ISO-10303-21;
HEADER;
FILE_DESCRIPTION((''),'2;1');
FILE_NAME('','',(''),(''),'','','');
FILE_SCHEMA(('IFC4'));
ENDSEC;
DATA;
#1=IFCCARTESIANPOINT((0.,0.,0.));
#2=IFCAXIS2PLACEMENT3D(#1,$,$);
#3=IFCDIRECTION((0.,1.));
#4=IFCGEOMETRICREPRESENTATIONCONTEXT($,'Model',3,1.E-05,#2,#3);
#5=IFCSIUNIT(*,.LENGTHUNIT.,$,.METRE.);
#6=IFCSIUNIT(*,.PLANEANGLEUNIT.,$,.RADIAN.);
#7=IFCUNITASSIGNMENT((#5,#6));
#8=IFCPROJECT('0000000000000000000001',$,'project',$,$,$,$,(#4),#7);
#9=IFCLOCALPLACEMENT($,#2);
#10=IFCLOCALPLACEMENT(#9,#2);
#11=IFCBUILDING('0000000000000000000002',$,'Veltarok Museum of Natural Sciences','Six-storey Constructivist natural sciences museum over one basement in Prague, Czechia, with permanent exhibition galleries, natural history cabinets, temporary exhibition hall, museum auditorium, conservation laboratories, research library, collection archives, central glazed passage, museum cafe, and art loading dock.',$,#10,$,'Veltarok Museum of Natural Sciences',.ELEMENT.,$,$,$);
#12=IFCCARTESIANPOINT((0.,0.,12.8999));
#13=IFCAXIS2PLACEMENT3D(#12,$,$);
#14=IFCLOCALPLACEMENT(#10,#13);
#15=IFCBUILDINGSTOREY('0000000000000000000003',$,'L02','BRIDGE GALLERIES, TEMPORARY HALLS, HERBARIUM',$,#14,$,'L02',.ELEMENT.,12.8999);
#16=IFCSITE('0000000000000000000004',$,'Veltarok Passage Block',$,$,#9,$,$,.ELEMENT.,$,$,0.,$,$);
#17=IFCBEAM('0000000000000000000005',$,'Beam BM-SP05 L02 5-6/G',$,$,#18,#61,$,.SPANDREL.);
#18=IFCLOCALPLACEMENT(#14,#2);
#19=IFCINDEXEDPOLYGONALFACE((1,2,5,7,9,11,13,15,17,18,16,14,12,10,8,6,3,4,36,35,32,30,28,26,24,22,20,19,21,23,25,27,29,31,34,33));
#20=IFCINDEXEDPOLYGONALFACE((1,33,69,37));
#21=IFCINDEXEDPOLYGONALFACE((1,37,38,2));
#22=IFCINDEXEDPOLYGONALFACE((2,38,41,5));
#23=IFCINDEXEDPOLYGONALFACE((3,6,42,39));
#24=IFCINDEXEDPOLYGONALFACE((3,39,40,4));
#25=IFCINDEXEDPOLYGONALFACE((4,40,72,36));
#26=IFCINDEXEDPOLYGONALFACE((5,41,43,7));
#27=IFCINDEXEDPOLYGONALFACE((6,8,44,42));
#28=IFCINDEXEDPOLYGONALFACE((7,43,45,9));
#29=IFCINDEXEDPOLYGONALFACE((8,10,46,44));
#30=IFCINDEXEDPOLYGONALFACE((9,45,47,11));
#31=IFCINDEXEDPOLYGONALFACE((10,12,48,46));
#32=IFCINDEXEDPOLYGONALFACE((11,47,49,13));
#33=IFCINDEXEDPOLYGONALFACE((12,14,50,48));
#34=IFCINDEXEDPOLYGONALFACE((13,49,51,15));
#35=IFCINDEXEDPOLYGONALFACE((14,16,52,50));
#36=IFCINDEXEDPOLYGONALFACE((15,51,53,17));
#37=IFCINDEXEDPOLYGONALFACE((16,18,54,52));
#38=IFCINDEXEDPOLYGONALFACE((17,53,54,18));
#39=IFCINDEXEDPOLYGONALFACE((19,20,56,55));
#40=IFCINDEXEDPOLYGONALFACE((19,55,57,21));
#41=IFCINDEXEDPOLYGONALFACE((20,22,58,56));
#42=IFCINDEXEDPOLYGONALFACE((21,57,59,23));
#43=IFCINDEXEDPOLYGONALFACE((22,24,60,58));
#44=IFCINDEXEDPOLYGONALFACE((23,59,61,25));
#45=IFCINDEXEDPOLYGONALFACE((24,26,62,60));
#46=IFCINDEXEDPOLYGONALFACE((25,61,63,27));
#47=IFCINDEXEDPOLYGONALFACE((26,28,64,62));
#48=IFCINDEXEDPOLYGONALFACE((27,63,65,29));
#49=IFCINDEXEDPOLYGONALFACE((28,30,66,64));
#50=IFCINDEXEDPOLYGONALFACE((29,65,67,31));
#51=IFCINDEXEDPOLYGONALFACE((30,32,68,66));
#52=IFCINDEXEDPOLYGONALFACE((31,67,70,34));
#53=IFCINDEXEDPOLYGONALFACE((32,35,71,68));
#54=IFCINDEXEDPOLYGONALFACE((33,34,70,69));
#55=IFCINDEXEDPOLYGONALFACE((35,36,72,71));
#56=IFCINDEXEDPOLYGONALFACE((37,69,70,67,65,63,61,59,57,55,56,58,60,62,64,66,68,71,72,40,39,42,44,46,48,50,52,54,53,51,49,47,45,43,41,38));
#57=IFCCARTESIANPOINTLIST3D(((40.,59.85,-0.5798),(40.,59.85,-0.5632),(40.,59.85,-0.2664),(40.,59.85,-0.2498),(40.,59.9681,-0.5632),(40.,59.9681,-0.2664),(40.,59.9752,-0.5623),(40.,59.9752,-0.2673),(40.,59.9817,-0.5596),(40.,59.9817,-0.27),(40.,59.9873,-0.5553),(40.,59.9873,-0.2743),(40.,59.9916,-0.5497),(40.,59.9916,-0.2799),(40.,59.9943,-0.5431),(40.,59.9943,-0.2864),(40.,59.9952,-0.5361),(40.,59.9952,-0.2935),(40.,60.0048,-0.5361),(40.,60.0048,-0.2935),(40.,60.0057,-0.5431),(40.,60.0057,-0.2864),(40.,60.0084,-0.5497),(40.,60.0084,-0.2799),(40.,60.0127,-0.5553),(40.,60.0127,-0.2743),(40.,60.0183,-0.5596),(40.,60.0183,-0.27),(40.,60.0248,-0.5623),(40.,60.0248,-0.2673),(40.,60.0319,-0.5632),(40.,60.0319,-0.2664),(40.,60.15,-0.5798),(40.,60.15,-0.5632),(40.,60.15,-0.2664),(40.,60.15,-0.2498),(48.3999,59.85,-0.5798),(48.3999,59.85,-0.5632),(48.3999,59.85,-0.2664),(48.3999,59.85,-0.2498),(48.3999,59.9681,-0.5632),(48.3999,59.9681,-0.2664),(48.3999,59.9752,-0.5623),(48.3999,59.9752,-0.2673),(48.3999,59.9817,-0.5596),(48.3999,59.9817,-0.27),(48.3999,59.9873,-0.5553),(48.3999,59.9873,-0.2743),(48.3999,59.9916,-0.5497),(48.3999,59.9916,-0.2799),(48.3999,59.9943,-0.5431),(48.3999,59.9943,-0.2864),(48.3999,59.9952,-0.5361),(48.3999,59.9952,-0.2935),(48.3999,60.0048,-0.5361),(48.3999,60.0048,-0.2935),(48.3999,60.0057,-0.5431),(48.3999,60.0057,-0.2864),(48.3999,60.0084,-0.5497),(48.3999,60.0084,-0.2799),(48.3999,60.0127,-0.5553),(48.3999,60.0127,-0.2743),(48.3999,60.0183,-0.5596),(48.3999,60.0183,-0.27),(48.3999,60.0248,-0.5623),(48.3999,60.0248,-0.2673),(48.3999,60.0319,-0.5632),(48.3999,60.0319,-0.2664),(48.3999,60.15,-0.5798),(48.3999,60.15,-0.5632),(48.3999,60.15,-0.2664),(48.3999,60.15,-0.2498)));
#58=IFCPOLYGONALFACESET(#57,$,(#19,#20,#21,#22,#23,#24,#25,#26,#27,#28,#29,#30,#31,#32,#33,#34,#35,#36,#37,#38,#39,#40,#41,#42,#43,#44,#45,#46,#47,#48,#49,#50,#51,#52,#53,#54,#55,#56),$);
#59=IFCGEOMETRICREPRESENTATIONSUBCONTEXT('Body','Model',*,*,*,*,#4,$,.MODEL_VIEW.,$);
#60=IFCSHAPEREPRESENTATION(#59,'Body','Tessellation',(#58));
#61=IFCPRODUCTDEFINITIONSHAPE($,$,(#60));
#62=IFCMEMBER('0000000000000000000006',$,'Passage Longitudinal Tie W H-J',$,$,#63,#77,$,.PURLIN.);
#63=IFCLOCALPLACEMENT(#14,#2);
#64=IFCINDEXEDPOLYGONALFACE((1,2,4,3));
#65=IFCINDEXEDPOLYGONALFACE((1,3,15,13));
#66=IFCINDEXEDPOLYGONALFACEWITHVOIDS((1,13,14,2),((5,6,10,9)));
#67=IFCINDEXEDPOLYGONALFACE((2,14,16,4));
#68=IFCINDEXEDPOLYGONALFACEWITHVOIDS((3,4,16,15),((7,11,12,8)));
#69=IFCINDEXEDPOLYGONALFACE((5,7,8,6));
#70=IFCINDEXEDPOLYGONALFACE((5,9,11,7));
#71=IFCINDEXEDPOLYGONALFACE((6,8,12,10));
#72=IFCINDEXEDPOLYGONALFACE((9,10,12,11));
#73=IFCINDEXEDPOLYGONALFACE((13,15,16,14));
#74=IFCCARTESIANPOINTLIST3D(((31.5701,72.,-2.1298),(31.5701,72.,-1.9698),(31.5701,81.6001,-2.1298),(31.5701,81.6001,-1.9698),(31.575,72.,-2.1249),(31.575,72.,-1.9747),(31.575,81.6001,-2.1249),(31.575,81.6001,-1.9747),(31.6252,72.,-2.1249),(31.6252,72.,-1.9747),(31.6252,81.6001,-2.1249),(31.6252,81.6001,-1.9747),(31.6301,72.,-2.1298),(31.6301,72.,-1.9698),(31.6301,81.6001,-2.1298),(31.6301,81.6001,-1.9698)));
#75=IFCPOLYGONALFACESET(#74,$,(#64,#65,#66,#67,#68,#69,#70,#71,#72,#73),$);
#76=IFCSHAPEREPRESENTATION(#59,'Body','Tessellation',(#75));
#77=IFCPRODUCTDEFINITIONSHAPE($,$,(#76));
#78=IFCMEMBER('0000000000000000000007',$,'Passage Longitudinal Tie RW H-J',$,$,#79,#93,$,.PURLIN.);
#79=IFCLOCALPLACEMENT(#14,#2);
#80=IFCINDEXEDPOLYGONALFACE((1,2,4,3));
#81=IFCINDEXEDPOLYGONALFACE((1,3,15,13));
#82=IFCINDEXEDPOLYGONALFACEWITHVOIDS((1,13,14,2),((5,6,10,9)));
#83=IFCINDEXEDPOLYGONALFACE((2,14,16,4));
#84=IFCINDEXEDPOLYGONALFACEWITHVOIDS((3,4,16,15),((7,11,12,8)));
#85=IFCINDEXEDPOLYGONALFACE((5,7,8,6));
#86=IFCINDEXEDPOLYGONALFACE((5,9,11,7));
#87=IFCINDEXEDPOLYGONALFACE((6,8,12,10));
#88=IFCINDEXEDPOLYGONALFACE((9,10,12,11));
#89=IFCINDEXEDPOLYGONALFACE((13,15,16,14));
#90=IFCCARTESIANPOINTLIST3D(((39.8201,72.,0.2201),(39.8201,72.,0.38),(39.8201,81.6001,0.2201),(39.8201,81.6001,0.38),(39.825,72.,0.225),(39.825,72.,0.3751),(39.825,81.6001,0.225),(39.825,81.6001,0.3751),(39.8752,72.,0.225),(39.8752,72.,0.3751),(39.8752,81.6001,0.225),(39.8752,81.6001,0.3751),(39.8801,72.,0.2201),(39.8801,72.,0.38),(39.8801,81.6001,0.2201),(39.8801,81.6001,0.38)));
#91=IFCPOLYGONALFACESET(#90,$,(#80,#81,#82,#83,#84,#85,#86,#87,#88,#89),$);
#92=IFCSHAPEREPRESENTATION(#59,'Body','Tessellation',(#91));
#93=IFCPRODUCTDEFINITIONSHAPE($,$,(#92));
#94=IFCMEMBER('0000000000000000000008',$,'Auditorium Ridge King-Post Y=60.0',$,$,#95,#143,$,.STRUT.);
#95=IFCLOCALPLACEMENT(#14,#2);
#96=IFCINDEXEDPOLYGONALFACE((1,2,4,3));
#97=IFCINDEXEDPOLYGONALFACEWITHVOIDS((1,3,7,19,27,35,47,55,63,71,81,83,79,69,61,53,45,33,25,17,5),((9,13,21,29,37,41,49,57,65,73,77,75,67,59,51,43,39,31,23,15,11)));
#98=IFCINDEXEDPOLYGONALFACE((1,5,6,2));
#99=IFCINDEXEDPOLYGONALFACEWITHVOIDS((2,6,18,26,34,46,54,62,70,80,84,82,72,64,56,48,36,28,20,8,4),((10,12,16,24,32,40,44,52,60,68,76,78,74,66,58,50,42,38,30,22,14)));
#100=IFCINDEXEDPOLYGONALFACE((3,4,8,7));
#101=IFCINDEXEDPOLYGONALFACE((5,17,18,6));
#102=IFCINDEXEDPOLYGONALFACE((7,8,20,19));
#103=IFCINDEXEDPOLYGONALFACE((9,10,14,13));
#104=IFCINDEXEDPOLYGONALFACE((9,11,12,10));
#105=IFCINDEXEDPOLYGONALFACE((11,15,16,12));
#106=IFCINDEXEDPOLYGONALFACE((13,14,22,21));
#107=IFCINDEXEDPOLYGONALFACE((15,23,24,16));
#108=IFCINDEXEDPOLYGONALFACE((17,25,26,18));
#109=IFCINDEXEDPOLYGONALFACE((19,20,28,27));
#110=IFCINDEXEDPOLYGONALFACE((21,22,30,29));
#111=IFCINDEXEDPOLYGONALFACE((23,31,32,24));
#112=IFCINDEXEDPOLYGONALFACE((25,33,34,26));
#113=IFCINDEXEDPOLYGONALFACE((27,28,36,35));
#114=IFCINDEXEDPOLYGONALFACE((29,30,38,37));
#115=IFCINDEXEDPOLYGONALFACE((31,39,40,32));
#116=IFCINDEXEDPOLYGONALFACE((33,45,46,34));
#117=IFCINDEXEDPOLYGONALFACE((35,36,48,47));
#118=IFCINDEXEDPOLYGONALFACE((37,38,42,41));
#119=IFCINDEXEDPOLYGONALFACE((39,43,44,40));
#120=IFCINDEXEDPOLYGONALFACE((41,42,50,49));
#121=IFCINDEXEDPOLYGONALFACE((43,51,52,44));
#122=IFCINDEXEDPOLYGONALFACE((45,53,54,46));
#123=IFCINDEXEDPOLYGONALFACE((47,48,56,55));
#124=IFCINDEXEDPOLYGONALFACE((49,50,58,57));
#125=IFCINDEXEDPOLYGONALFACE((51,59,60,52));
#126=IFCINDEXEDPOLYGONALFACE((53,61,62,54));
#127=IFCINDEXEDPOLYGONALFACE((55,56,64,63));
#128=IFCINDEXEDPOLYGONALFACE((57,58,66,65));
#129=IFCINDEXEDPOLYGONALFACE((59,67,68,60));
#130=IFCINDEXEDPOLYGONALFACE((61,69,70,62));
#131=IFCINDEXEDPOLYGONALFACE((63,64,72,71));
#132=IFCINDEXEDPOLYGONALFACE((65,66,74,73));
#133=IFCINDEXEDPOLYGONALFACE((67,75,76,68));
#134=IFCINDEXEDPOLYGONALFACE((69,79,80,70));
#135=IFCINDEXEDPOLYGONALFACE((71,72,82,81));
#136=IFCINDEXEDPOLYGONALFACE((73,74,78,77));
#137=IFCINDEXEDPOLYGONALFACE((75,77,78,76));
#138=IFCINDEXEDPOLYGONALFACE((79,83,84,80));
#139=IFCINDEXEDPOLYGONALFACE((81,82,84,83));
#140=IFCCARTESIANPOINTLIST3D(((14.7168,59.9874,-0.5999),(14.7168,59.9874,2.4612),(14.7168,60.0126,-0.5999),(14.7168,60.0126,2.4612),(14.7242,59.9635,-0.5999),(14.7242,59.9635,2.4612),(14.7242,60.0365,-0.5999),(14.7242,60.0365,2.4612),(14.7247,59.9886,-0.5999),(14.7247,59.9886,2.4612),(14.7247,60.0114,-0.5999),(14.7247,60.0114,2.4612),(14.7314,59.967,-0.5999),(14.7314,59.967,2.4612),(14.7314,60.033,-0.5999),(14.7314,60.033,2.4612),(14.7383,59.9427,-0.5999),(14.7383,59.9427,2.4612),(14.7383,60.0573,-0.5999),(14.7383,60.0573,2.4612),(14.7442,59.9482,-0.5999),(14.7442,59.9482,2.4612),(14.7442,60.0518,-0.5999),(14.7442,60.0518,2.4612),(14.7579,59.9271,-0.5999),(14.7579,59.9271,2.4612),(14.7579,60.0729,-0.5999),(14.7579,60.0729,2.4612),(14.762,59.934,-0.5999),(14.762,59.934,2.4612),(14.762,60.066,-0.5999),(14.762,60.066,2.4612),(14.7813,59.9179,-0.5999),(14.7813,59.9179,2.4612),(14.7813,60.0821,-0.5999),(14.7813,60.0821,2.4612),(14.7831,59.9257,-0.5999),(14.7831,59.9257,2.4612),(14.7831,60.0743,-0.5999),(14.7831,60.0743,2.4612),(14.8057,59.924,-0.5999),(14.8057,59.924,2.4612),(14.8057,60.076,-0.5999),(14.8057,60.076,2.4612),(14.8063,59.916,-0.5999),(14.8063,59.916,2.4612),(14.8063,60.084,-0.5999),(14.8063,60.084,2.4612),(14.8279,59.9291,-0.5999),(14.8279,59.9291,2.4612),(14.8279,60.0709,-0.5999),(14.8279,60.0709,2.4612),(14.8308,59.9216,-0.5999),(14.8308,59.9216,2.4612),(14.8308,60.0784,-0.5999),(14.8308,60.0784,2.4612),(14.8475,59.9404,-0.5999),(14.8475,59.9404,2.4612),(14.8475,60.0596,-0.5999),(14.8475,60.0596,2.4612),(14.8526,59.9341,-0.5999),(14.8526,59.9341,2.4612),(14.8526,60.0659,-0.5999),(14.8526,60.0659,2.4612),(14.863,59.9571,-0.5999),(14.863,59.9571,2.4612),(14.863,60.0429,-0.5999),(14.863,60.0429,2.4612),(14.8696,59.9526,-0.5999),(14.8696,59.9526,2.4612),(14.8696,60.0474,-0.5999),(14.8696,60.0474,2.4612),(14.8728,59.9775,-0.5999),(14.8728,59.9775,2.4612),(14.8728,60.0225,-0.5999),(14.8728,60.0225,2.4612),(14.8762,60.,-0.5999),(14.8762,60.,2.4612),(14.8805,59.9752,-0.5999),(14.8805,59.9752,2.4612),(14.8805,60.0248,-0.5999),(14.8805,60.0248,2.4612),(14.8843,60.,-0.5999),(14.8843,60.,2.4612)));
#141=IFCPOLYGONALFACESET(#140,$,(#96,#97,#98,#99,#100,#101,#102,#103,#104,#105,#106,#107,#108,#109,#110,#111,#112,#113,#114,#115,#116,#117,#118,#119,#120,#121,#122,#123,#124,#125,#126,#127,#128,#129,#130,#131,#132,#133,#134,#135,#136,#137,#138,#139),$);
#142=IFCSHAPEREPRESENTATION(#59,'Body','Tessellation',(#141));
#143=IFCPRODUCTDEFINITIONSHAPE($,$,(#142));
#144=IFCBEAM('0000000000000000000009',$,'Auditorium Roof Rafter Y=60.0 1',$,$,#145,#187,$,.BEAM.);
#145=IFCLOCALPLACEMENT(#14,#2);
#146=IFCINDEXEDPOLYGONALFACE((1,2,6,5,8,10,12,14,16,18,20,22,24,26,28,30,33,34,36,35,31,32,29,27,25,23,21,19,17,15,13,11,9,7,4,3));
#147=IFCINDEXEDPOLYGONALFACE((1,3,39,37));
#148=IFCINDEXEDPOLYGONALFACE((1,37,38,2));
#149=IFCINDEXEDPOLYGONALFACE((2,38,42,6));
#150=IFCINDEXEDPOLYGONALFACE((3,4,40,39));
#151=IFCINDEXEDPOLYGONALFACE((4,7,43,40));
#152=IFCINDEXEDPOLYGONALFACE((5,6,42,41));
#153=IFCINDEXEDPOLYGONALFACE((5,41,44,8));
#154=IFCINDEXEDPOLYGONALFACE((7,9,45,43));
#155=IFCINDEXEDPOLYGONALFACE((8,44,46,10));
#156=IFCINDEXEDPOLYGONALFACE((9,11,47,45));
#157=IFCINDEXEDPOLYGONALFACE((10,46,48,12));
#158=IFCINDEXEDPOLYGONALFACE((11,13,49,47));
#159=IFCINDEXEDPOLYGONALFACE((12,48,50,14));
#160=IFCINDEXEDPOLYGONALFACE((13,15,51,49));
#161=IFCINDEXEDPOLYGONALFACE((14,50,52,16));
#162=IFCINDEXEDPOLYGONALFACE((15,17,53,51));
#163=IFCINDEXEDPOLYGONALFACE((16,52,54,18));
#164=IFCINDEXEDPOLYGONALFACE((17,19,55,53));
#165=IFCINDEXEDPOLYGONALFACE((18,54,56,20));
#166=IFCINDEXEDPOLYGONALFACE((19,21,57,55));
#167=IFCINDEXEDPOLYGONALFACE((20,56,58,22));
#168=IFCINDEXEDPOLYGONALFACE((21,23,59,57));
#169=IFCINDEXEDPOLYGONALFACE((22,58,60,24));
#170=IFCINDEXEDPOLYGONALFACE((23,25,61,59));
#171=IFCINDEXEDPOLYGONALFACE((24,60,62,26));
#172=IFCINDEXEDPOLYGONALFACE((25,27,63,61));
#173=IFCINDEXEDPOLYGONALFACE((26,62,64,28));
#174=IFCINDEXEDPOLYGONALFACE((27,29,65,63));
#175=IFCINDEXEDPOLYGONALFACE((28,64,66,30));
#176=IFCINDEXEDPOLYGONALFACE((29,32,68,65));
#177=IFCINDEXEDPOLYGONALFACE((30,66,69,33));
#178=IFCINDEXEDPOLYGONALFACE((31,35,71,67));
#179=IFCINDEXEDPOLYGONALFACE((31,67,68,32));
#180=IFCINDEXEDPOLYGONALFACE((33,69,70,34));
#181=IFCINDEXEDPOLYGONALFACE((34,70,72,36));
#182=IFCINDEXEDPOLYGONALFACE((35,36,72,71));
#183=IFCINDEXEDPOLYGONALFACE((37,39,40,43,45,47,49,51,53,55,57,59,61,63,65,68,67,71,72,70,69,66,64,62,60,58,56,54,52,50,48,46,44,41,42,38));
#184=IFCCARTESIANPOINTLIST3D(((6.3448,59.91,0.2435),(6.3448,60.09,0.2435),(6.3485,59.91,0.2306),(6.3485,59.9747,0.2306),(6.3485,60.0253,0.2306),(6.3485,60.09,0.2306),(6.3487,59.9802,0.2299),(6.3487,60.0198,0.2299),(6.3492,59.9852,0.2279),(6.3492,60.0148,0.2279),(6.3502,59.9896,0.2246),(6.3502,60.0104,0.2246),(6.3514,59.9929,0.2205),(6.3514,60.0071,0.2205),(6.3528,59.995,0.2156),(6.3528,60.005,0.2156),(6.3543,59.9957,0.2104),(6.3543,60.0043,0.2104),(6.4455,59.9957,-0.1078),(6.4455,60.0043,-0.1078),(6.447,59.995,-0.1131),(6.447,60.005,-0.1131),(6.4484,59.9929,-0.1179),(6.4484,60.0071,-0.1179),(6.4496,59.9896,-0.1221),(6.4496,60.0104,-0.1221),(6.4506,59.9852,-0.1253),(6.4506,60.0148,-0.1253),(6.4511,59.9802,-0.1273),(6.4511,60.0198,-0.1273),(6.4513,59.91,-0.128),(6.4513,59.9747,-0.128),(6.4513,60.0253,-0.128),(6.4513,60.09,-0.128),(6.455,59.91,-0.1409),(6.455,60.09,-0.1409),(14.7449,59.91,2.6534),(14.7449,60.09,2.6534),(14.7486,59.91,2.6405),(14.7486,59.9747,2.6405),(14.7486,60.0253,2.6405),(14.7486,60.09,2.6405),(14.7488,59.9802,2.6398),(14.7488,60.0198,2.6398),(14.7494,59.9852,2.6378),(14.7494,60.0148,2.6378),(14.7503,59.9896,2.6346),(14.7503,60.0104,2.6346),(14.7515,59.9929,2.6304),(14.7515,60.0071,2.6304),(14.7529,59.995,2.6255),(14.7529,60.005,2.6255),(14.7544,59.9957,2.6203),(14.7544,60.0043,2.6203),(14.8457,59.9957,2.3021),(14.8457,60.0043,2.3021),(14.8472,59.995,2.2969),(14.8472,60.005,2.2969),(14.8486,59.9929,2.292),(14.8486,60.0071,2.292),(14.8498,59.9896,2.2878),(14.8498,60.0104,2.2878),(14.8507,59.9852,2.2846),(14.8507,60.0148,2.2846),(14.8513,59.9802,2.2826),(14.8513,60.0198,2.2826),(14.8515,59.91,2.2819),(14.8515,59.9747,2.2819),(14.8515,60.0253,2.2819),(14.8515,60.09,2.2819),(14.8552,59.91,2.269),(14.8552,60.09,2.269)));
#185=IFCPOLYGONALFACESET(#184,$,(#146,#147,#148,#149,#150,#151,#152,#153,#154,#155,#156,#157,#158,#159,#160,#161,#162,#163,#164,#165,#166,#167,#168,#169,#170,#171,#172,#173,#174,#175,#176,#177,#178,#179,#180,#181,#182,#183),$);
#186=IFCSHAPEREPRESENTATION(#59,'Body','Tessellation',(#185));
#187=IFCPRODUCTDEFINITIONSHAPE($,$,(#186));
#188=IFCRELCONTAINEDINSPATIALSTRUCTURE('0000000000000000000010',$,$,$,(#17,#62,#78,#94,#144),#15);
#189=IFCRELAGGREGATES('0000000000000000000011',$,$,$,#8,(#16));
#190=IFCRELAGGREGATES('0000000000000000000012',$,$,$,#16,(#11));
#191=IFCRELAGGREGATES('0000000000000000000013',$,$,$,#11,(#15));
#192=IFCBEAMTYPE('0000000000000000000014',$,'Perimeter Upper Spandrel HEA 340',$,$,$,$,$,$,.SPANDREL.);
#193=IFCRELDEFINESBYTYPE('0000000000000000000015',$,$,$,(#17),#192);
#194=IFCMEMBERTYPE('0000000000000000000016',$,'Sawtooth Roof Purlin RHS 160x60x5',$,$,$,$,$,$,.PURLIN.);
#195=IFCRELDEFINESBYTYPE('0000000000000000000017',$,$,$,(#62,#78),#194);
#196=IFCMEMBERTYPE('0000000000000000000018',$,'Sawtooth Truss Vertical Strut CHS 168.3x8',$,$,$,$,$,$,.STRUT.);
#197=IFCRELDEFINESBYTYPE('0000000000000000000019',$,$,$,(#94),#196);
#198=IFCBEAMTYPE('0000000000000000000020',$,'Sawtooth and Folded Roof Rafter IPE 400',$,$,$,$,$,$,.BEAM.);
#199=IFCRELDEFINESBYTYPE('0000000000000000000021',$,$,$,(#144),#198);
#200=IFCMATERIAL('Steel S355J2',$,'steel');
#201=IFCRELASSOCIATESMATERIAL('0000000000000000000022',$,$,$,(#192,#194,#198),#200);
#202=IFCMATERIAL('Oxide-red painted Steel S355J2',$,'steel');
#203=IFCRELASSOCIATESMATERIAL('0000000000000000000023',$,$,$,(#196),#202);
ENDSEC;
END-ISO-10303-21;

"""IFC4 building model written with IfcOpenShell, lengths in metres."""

from ifc_helpers import new_model, si_unit, direction, frame, origin, origin_2d, place, context, subcontext, project, spatial, hollow_rectangle, hollow_circle, i_section, extrude, material, material_profile, profile_set, type_object, element, save


model = new_model("IFC4")

# Units and contexts
model_context = context("Model", 3, precision=1e-05, world=origin(), true_north=direction((0.0, 1.0)))
body_context = subcontext(model_context, "Body", "Model", "MODEL_VIEW")
ifc_project = project(units=[si_unit("LENGTHUNIT", "METRE"), si_unit("PLANEANGLEUNIT", "RADIAN")], contexts=[model_context])

# Site, building, storey
site_placement = place(None, origin())
site = spatial("IfcSite", under=ifc_project, at=site_placement, Name="Veltarok Passage Block", CompositionType="ELEMENT", RefElevation=0.0)
building_placement = place(site_placement, origin())
building = spatial("IfcBuilding", under=site, at=building_placement, Name="Veltarok Museum of Natural Sciences", Description="Six-storey Constructivist natural sciences museum over one basement in Prague, Czechia, with permanent exhibition galleries, natural history cabinets, temporary exhibition hall, museum auditorium, conservation laboratories, research library, collection archives, central glazed passage, museum cafe, and art loading dock.", LongName="Veltarok Museum of Natural Sciences", CompositionType="ELEMENT")
storey_placement = place(building_placement, frame((0.0, 0.0, 12.8999)))
storey = spatial("IfcBuildingStorey", under=building, at=storey_placement, Name="L02", Description="BRIDGE GALLERIES, TEMPORARY HALLS, HERBARIUM", LongName="L02", CompositionType="ELEMENT", Elevation=12.8999)

# Shared definitions
ifc_material_1 = material(Name="Steel S355J2", Category="steel")

# Shared definitions
ifc_material_2 = material(Name="Oxide-red painted Steel S355J2", Category="steel")

# Beam
ifc_material_profile_1 = material_profile(ifc_material_1, i_section(OverallWidth=0.3, OverallDepth=0.3301, WebThickness=0.0095, FlangeThickness=0.0166, FilletRadius=0.0271, at=origin_2d()), Name="HEA 340")
ifc_profile_set_1 = profile_set([ifc_material_profile_1], Name="Steel S355J2")
beam_type_1 = type_object("IfcBeamType", Name="Perimeter Upper Spandrel HEA 340", PredefinedType="SPANDREL", material=ifc_profile_set_1)
for number, where, z_axis, x_axis, name in (
    (1, (40.0, 60.0, -0.4148), (1.0, 0.0, 0.0), (0.0, 1.0, 0.0), "Beam BM-SP05 L02 5-6/G"),
):
    element("IfcBeam", number, at=place(storey_placement, frame(where, z_axis=z_axis, x_axis=x_axis)), inside=storey, type_object=beam_type_1, Name=name, PredefinedType="SPANDREL", context=body_context, shape_type="SweptSolid", body=[
        extrude(i_section(OverallWidth=0.3, OverallDepth=0.3301, WebThickness=0.0095, FlangeThickness=0.0166, FilletRadius=0.0271, at=origin_2d()), origin(), (0.0, 0.0, 1.0), 8.3999),
    ])

# Members
ifc_material_profile_2 = material_profile(ifc_material_1, hollow_rectangle(XDim=0.0601, YDim=0.1599, WallThickness=0.0049, at=origin_2d()), Name="RHS 160x60x5")
ifc_profile_set_2 = profile_set([ifc_material_profile_2], Name="Steel S355J2")
member_type_1 = type_object("IfcMemberType", Name="Sawtooth Roof Purlin RHS 160x60x5", PredefinedType="PURLIN", material=ifc_profile_set_2)
for number, where, z_axis, x_axis, name in (
    (2, (31.6001, 72.0, -2.0498), (0.0, 1.0, 0.0), (-1.0, 0.0, 0.0), "Passage Longitudinal Tie W H-J"),
    (3, (39.8501, 72.0, 0.3), (0.0, 1.0, 0.0), (-1.0, 0.0, 0.0), "Passage Longitudinal Tie RW H-J"),
):
    element("IfcMember", number, at=place(storey_placement, frame(where, z_axis=z_axis, x_axis=x_axis)), inside=storey, type_object=member_type_1, Name=name, PredefinedType="PURLIN", context=body_context, shape_type="SweptSolid", body=[
        extrude(hollow_rectangle(XDim=0.0601, YDim=0.1599, WallThickness=0.0049, at=origin_2d()), origin(), (0.0, 0.0, 1.0), 9.6001),
    ])
ifc_material_profile_3 = material_profile(ifc_material_2, hollow_circle(Radius=0.0842, WallThickness=0.0081, at=origin_2d()), Name="CHS 168.3x8")
ifc_profile_set_3 = profile_set([ifc_material_profile_3], Name="Oxide-red painted Steel S355J2")
member_type_2 = type_object("IfcMemberType", Name="Sawtooth Truss Vertical Strut CHS 168.3x8", PredefinedType="STRUT", material=ifc_profile_set_3)
member_1_placement = place(storey_placement, frame((14.8, 60.0, -0.5999), z_axis=(0.0, 0.0, 1.0), x_axis=(1.0, 0.0, 0.0)))
element("IfcMember", 4, at=member_1_placement, inside=storey, type_object=member_type_2, Name="Auditorium Ridge King-Post Y=60.0", PredefinedType="STRUT", context=body_context, shape_type="SweptSolid", body=[
    extrude(hollow_circle(Radius=0.0842, WallThickness=0.0081, at=origin_2d()), origin(), (0.0, 0.0, 1.0), 3.061),
])

# Beam
ifc_material_profile_4 = material_profile(ifc_material_1, i_section(OverallWidth=0.1799, OverallDepth=0.3999, WebThickness=0.0085, FlangeThickness=0.0134, FilletRadius=0.021, at=origin_2d()), Name="IPE 400")
ifc_profile_set_4 = profile_set([ifc_material_profile_4], Name="Steel S355J2")
beam_type_2 = type_object("IfcBeamType", Name="Sawtooth and Folded Roof Rafter IPE 400", PredefinedType="BEAM", material=ifc_profile_set_4)
beam_1_placement = place(storey_placement, frame((6.3999, 60.0, 0.0513), z_axis=(0.961225, 0.0, 0.275765), x_axis=(0.0, 1.0, 0.0)))
element("IfcBeam", 5, at=beam_1_placement, inside=storey, type_object=beam_type_2, Name="Auditorium Roof Rafter Y=60.0 1", PredefinedType="BEAM", context=body_context, shape_type="SweptSolid", body=[
    extrude(i_section(OverallWidth=0.1799, OverallDepth=0.3999, WebThickness=0.0085, FlangeThickness=0.0134, FilletRadius=0.021, at=origin_2d()), origin(), (0.0, 0.0, 1.0), 8.739),
])

save(model, "model.ifc")
